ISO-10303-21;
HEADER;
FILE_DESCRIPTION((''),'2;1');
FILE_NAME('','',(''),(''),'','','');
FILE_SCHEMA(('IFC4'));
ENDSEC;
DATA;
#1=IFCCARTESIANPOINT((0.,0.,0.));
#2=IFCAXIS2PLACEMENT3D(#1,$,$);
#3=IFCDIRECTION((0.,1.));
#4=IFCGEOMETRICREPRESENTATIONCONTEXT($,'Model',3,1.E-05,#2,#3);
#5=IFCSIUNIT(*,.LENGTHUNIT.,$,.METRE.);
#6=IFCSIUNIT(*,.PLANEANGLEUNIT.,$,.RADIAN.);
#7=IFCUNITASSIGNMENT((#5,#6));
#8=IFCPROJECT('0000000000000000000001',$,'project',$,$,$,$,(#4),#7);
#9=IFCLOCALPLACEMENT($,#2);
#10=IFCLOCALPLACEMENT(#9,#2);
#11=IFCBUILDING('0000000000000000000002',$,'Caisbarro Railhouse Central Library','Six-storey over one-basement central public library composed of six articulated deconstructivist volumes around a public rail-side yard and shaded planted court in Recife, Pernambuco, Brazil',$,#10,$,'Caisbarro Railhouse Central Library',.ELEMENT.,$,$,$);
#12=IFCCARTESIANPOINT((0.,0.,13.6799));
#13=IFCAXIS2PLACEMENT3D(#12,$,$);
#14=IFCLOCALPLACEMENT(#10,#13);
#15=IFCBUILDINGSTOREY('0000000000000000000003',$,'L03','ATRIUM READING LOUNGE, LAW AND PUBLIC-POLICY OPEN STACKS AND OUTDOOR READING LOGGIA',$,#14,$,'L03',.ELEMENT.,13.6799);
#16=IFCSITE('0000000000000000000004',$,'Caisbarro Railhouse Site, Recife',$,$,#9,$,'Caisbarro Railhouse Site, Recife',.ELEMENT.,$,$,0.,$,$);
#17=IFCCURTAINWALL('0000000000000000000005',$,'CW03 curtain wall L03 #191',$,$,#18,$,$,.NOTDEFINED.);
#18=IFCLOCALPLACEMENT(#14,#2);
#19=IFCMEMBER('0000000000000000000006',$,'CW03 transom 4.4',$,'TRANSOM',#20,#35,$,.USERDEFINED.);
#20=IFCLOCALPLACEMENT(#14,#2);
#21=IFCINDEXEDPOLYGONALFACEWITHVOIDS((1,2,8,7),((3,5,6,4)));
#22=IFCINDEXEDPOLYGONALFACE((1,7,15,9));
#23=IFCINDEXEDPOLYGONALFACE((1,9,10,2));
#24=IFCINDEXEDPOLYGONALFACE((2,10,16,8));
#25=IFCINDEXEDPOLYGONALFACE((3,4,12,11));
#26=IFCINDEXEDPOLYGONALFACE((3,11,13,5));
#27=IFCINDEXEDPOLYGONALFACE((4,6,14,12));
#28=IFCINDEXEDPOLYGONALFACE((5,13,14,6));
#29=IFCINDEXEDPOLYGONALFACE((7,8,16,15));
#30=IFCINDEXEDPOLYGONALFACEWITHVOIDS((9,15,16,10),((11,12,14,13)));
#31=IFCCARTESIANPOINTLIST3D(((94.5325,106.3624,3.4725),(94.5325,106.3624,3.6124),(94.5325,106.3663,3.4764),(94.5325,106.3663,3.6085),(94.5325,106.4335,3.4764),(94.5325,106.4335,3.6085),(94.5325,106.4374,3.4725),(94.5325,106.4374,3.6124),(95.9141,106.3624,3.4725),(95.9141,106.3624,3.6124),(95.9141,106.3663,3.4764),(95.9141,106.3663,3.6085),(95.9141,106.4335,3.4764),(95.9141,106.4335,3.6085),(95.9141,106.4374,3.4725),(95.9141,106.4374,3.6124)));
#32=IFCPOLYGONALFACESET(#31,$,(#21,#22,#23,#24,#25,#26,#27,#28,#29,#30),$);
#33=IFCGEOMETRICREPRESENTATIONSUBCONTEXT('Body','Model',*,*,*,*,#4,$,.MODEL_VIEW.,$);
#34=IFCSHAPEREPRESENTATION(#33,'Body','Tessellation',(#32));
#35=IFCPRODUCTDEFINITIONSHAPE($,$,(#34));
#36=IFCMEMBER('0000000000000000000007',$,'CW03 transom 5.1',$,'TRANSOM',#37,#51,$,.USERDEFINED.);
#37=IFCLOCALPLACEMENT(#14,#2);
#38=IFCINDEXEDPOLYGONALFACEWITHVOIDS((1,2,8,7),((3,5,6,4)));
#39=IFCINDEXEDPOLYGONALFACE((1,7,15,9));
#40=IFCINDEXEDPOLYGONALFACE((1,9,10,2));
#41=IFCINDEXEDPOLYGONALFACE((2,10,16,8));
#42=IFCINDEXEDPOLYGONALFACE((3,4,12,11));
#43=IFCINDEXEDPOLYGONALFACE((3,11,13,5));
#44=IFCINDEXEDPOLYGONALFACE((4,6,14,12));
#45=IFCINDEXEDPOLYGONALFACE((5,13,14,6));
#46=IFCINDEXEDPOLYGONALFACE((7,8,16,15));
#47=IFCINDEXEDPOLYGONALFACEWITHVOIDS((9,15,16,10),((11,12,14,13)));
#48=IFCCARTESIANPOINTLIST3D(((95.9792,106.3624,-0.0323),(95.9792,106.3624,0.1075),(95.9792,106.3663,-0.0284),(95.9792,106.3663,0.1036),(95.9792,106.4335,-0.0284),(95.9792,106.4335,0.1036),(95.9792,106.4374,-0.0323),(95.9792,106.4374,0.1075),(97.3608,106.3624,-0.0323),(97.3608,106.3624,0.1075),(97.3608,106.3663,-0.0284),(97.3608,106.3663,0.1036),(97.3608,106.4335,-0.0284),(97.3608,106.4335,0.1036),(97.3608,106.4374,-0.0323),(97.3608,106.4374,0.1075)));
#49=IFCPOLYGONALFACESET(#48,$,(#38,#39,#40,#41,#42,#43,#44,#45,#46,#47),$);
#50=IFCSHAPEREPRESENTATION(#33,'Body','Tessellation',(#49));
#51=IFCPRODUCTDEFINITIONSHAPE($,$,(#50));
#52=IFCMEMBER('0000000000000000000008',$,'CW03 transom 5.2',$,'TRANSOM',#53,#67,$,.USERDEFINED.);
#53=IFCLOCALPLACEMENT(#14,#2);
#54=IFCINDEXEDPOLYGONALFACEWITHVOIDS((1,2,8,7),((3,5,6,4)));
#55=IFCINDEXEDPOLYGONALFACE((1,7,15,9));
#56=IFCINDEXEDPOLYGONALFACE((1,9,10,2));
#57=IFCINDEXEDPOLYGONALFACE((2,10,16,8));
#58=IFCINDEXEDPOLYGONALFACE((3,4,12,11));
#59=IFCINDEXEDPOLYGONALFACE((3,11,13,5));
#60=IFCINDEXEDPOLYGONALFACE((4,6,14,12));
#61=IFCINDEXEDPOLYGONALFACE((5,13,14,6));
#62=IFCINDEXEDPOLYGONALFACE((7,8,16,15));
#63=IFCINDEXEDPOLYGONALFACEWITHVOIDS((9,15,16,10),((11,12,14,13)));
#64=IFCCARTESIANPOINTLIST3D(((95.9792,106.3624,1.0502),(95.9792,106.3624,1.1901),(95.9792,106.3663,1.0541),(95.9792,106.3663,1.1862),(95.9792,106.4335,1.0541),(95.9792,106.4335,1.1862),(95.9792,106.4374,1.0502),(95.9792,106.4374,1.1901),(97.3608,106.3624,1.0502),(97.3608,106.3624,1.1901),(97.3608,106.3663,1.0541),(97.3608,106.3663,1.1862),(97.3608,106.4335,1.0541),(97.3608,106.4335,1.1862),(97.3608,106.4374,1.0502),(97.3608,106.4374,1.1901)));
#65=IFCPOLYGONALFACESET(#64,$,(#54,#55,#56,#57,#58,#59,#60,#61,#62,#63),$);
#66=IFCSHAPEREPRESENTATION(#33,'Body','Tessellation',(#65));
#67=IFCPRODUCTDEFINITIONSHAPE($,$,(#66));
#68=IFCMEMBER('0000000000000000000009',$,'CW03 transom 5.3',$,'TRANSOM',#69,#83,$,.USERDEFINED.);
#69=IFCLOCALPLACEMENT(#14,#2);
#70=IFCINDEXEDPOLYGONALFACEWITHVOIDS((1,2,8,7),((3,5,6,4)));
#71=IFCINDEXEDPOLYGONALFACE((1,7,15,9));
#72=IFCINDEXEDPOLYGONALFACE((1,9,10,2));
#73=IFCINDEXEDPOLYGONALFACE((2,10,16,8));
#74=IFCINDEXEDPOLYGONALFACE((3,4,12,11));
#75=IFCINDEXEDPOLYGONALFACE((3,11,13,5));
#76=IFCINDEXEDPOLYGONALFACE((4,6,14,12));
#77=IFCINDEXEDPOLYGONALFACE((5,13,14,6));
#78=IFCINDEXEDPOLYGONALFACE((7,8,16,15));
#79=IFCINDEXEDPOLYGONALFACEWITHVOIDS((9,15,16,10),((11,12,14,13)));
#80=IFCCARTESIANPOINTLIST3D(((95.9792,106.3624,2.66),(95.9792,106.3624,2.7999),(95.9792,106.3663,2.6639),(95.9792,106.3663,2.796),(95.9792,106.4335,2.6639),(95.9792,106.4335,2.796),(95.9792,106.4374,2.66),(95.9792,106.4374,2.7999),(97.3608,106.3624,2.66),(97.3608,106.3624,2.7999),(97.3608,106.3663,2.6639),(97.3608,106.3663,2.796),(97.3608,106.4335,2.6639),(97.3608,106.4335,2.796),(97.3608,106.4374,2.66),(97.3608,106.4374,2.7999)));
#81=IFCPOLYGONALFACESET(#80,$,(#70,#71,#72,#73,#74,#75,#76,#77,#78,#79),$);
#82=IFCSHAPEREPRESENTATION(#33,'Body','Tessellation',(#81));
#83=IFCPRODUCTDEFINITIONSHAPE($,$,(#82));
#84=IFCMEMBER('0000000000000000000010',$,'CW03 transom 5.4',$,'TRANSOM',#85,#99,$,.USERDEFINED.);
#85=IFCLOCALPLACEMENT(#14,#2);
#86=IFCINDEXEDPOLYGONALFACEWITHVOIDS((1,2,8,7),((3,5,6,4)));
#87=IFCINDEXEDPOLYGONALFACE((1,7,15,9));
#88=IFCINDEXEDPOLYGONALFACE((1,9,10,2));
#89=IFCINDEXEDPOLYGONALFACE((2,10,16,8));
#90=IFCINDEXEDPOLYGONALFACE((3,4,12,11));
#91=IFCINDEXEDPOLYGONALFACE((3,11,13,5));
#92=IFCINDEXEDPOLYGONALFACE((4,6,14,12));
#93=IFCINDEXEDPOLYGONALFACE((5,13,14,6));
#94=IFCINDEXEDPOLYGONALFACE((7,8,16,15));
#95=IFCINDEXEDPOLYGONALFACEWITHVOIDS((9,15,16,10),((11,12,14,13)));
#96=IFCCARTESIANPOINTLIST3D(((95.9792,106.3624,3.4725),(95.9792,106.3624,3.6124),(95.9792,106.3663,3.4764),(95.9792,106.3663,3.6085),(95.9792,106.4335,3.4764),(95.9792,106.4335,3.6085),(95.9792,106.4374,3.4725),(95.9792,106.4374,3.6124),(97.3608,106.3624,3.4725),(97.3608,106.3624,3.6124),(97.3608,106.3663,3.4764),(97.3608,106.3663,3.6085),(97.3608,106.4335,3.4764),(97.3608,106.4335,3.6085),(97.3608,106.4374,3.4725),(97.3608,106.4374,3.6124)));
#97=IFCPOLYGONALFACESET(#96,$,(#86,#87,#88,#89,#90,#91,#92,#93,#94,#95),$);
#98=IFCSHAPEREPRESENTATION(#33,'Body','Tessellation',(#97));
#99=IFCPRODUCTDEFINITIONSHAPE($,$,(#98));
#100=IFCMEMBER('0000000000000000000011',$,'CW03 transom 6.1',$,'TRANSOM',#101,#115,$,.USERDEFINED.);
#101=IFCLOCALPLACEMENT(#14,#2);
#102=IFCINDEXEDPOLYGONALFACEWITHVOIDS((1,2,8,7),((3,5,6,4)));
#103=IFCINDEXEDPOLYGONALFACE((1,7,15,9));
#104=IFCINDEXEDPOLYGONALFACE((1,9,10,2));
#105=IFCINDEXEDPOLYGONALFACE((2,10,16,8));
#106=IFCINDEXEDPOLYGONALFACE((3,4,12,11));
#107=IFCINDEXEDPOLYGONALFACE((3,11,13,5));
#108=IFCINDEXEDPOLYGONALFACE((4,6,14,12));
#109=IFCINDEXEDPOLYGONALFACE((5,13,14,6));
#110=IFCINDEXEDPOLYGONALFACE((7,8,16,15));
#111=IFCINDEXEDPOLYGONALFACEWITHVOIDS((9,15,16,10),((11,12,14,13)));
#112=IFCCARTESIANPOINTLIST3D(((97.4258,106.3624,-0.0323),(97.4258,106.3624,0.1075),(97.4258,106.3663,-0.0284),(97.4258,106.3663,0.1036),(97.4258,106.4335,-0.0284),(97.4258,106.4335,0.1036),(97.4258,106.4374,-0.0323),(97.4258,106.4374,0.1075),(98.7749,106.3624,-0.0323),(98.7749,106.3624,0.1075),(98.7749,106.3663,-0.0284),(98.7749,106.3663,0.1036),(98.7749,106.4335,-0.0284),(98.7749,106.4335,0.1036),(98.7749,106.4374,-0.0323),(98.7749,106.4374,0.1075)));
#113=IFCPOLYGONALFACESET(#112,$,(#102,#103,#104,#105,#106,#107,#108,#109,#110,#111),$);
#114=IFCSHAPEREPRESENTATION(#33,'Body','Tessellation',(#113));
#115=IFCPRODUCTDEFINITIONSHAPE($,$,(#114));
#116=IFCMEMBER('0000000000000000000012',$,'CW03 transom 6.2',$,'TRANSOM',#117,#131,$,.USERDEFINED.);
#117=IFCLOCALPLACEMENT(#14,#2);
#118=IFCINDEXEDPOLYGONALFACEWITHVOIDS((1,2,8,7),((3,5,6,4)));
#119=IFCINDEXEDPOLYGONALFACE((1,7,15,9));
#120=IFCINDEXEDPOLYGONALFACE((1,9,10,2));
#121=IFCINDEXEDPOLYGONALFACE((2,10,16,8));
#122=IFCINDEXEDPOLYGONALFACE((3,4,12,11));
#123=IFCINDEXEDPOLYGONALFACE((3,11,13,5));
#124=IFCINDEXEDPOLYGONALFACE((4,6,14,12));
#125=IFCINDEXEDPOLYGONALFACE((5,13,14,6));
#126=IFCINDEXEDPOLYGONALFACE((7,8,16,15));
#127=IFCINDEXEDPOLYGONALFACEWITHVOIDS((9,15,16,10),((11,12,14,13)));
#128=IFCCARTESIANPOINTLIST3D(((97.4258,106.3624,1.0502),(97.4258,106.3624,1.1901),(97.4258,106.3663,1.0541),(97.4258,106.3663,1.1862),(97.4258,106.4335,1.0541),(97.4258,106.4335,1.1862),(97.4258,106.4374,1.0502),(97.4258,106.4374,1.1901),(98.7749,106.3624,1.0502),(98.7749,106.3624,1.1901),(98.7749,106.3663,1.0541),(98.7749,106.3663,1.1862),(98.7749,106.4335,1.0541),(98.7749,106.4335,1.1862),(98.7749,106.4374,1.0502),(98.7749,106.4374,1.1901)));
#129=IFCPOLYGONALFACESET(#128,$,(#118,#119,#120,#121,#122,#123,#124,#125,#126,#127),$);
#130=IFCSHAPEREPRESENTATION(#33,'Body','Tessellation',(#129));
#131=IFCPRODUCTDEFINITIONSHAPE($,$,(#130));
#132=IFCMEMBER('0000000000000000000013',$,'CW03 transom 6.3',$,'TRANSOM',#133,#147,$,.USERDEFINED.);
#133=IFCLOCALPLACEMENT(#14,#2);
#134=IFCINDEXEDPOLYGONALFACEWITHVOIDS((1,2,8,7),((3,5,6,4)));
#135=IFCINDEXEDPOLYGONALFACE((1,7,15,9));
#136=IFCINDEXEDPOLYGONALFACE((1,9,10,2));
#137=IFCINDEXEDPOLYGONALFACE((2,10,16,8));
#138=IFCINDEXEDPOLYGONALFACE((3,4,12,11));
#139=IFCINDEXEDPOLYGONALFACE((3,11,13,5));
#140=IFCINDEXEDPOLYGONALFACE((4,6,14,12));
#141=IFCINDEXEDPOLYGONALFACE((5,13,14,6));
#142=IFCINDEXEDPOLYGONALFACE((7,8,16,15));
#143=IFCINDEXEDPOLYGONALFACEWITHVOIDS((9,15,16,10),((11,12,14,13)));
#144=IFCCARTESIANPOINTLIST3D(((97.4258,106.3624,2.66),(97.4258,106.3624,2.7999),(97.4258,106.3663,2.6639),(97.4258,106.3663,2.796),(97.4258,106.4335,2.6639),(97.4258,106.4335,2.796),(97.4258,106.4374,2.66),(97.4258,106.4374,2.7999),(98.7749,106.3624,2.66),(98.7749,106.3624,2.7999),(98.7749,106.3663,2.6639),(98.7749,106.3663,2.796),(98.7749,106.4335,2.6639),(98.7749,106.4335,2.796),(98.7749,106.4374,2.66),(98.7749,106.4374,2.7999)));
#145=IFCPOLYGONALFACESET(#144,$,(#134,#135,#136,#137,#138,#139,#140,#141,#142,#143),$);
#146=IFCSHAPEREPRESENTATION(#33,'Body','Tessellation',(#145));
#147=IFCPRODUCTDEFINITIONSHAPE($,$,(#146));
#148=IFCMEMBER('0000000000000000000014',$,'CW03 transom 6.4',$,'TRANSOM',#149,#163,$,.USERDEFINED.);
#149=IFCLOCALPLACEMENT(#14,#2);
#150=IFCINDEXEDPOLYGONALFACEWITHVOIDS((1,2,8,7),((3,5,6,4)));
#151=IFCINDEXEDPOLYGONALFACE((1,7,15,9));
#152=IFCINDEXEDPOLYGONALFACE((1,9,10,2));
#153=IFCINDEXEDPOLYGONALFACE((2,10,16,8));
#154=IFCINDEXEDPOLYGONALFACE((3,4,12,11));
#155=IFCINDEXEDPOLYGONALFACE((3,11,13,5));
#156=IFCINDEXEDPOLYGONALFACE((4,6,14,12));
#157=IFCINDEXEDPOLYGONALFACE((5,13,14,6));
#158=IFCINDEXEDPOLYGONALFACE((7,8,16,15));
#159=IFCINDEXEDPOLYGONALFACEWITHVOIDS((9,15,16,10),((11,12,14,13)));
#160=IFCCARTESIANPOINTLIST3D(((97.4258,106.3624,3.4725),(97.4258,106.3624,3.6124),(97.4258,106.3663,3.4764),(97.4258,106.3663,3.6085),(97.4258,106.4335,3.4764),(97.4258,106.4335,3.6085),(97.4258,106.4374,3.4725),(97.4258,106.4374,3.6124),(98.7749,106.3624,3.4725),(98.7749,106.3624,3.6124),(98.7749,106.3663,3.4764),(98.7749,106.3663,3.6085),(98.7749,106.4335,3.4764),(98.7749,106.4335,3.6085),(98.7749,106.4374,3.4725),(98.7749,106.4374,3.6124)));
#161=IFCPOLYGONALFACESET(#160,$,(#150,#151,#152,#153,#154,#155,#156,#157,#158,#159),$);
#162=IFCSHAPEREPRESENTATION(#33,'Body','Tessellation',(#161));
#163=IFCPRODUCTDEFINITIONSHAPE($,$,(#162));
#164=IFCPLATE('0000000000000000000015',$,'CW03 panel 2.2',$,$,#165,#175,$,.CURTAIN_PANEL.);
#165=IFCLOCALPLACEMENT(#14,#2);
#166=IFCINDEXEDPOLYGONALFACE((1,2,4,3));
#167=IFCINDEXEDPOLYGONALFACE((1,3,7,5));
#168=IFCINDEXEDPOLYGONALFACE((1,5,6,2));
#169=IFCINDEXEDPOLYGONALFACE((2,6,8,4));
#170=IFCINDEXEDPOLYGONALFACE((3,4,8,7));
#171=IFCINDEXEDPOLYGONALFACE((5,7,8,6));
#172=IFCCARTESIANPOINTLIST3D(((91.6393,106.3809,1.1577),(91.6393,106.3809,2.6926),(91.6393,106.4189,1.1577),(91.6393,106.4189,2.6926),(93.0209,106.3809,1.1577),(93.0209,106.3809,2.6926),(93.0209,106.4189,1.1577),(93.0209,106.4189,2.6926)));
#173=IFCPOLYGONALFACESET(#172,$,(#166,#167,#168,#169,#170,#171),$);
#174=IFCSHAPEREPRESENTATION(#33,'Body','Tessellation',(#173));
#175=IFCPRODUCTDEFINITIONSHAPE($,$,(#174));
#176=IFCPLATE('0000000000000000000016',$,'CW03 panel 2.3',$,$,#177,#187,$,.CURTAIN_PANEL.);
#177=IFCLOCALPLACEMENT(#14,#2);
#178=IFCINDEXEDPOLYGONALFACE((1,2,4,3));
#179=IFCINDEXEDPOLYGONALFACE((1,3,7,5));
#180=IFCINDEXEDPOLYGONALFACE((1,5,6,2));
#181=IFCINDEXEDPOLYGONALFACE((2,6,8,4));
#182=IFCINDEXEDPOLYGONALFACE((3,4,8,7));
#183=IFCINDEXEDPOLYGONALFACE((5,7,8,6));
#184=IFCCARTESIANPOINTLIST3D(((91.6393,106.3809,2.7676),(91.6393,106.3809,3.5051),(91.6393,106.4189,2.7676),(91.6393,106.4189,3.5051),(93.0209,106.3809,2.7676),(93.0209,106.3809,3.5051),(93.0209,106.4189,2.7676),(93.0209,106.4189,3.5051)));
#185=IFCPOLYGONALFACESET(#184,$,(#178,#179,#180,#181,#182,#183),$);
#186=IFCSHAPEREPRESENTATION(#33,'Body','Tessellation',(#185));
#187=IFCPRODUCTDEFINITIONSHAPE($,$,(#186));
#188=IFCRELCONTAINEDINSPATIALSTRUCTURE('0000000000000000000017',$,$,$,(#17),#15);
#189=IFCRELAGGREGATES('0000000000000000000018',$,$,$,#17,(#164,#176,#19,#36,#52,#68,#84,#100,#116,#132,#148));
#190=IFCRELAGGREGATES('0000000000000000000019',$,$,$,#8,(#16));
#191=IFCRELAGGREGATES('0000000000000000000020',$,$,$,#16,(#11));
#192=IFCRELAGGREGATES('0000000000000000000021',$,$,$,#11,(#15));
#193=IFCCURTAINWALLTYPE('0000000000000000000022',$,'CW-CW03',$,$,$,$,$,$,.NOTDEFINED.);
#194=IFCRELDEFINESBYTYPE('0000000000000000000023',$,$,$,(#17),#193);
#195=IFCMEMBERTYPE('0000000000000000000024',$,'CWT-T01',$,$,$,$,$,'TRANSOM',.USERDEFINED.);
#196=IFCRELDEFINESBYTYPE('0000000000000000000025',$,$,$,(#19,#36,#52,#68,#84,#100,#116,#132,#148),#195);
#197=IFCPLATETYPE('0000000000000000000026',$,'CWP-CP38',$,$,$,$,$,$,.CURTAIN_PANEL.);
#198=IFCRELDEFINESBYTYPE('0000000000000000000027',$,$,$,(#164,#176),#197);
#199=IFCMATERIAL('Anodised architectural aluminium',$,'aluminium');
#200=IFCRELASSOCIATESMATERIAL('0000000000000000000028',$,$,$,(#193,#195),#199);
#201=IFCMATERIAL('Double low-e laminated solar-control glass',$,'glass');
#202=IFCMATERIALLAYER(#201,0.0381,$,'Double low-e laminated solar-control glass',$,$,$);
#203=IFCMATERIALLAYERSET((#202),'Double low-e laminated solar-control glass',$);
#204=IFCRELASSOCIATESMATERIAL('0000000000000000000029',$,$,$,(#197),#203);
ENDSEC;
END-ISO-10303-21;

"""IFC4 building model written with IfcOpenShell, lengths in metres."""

from ifc_helpers import new_model, si_unit, direction, frame, origin, origin_2d, place, context, subcontext, project, spatial, rectangle, hollow_rectangle, extrude, material, layer, layer_set, material_profile, profile_set, type_object, element, aggregate, save


model = new_model("IFC4")

# Units and contexts
model_context = context("Model", 3, precision=1e-05, world=origin(), true_north=direction((0.0, 1.0)))
body_context = subcontext(model_context, "Body", "Model", "MODEL_VIEW")
ifc_project = project(units=[si_unit("LENGTHUNIT", "METRE"), si_unit("PLANEANGLEUNIT", "RADIAN")], contexts=[model_context])

# Site, building, storey
site_placement = place(None, origin())
site = spatial("IfcSite", under=ifc_project, at=site_placement, Name="Caisbarro Railhouse Site, Recife", LongName="Caisbarro Railhouse Site, Recife", CompositionType="ELEMENT", RefElevation=0.0)
building_placement = place(site_placement, origin())
building = spatial("IfcBuilding", under=site, at=building_placement, Name="Caisbarro Railhouse Central Library", Description="Six-storey over one-basement central public library composed of six articulated deconstructivist volumes around a public rail-side yard and shaded planted court in Recife, Pernambuco, Brazil", LongName="Caisbarro Railhouse Central Library", CompositionType="ELEMENT")
storey_placement = place(building_placement, frame((0.0, 0.0, 13.6799)))
storey = spatial("IfcBuildingStorey", under=building, at=storey_placement, Name="L03", Description="ATRIUM READING LOUNGE, LAW AND PUBLIC-POLICY OPEN STACKS AND OUTDOOR READING LOGGIA", LongName="L03", CompositionType="ELEMENT", Elevation=13.6799)

# Curtain wall, members, plates
ifc_material_1 = material(Name="Anodised architectural aluminium", Category="aluminium")
curtain_wall_type = type_object("IfcCurtainWallType", Name="CW-CW03", PredefinedType="NOTDEFINED", material=ifc_material_1)
curtain_wall_placement = place(storey_placement, origin())
curtain_wall = element("IfcCurtainWall", 1, at=curtain_wall_placement, inside=storey, type_object=curtain_wall_type, Name="CW03 curtain wall L03 #191", PredefinedType="NOTDEFINED")
ifc_material_profile_1 = material_profile(ifc_material_1, hollow_rectangle(XDim=0.075, YDim=0.1399, WallThickness=0.0039, at=origin_2d()), Name="ALU-TRN-75X140")
ifc_profile_set_1 = profile_set([ifc_material_profile_1], Name="Anodised architectural aluminium")
member_type_1 = type_object("IfcMemberType", Name="CWT-T01", ElementType="TRANSOM", PredefinedType="USERDEFINED", material=ifc_profile_set_1)
member_1_placement = place(storey_placement, frame((94.5325, 106.3999, 3.5425), z_axis=(1.0, 0.0, 0.0), x_axis=(0.0, 1.0, 0.0)))
member_1 = element("IfcMember", 2, at=member_1_placement, type_object=member_type_1, Name="CW03 transom 4.4", ObjectType="TRANSOM", PredefinedType="USERDEFINED", context=body_context, shape_type="SweptSolid", body=[
    extrude(hollow_rectangle(XDim=0.075, YDim=0.1399, WallThickness=0.0039, at=origin_2d()), origin(), (0.0, 0.0, 1.0), 1.3816),
])
member_2_placement = place(storey_placement, frame((95.9792, 106.3999, 0.0376), z_axis=(1.0, 0.0, 0.0), x_axis=(0.0, 1.0, 0.0)))
member_2 = element("IfcMember", 3, at=member_2_placement, type_object=member_type_1, Name="CW03 transom 5.1", ObjectType="TRANSOM", PredefinedType="USERDEFINED", context=body_context, shape_type="SweptSolid", body=[
    extrude(hollow_rectangle(XDim=0.075, YDim=0.1399, WallThickness=0.0039, at=origin_2d()), origin(), (0.0, 0.0, 1.0), 1.3816),
])
member_3_placement = place(storey_placement, frame((95.9792, 106.3999, 1.1201), z_axis=(1.0, 0.0, 0.0), x_axis=(0.0, 1.0, 0.0)))
member_3 = element("IfcMember", 4, at=member_3_placement, type_object=member_type_1, Name="CW03 transom 5.2", ObjectType="TRANSOM", PredefinedType="USERDEFINED", context=body_context, shape_type="SweptSolid", body=[
    extrude(hollow_rectangle(XDim=0.075, YDim=0.1399, WallThickness=0.0039, at=origin_2d()), origin(), (0.0, 0.0, 1.0), 1.3816),
])
member_4_placement = place(storey_placement, frame((95.9792, 106.3999, 2.73), z_axis=(1.0, 0.0, 0.0), x_axis=(0.0, 1.0, 0.0)))
member_4 = element("IfcMember", 5, at=member_4_placement, type_object=member_type_1, Name="CW03 transom 5.3", ObjectType="TRANSOM", PredefinedType="USERDEFINED", context=body_context, shape_type="SweptSolid", body=[
    extrude(hollow_rectangle(XDim=0.075, YDim=0.1399, WallThickness=0.0039, at=origin_2d()), origin(), (0.0, 0.0, 1.0), 1.3816),
])
member_5_placement = place(storey_placement, frame((95.9792, 106.3999, 3.5425), z_axis=(1.0, 0.0, 0.0), x_axis=(0.0, 1.0, 0.0)))
member_5 = element("IfcMember", 6, at=member_5_placement, type_object=member_type_1, Name="CW03 transom 5.4", ObjectType="TRANSOM", PredefinedType="USERDEFINED", context=body_context, shape_type="SweptSolid", body=[
    extrude(hollow_rectangle(XDim=0.075, YDim=0.1399, WallThickness=0.0039, at=origin_2d()), origin(), (0.0, 0.0, 1.0), 1.3816),
])
member_6_placement = place(storey_placement, frame((97.4258, 106.3999, 0.0376), z_axis=(1.0, 0.0, 0.0), x_axis=(0.0, 1.0, 0.0)))
member_6 = element("IfcMember", 7, at=member_6_placement, type_object=member_type_1, Name="CW03 transom 6.1", ObjectType="TRANSOM", PredefinedType="USERDEFINED", context=body_context, shape_type="SweptSolid", body=[
    extrude(hollow_rectangle(XDim=0.075, YDim=0.1399, WallThickness=0.0039, at=origin_2d()), origin(), (0.0, 0.0, 1.0), 1.3491),
])
member_7_placement = place(storey_placement, frame((97.4258, 106.3999, 1.1201), z_axis=(1.0, 0.0, 0.0), x_axis=(0.0, 1.0, 0.0)))
member_7 = element("IfcMember", 8, at=member_7_placement, type_object=member_type_1, Name="CW03 transom 6.2", ObjectType="TRANSOM", PredefinedType="USERDEFINED", context=body_context, shape_type="SweptSolid", body=[
    extrude(hollow_rectangle(XDim=0.075, YDim=0.1399, WallThickness=0.0039, at=origin_2d()), origin(), (0.0, 0.0, 1.0), 1.3491),
])
member_8_placement = place(storey_placement, frame((97.4258, 106.3999, 2.73), z_axis=(1.0, 0.0, 0.0), x_axis=(0.0, 1.0, 0.0)))
member_8 = element("IfcMember", 9, at=member_8_placement, type_object=member_type_1, Name="CW03 transom 6.3", ObjectType="TRANSOM", PredefinedType="USERDEFINED", context=body_context, shape_type="SweptSolid", body=[
    extrude(hollow_rectangle(XDim=0.075, YDim=0.1399, WallThickness=0.0039, at=origin_2d()), origin(), (0.0, 0.0, 1.0), 1.3491),
])
member_9_placement = place(storey_placement, frame((97.4258, 106.3999, 3.5425), z_axis=(1.0, 0.0, 0.0), x_axis=(0.0, 1.0, 0.0)))
member_9 = element("IfcMember", 10, at=member_9_placement, type_object=member_type_1, Name="CW03 transom 6.4", ObjectType="TRANSOM", PredefinedType="USERDEFINED", context=body_context, shape_type="SweptSolid", body=[
    extrude(hollow_rectangle(XDim=0.075, YDim=0.1399, WallThickness=0.0039, at=origin_2d()), origin(), (0.0, 0.0, 1.0), 1.3491),
])
ifc_material_2 = material(Name="Double low-e laminated solar-control glass", Category="glass")
ifc_layer_1 = layer(ifc_material_2, 0.0381, Name="Double low-e laminated solar-control glass")
ifc_layer_set_1 = layer_set([ifc_layer_1], Name="Double low-e laminated solar-control glass")
plate_type = type_object("IfcPlateType", Name="CWP-CP38", PredefinedType="CURTAIN_PANEL", material=ifc_layer_set_1)
plate_1_placement = place(storey_placement, frame((92.3301, 106.3999, 1.1577), z_axis=(0.0, 0.0, 1.0), x_axis=(1.0, 0.0, 0.0)))
plate_1 = element("IfcPlate", 11, at=plate_1_placement, type_object=plate_type, Name="CW03 panel 2.2", PredefinedType="CURTAIN_PANEL", context=body_context, shape_type="SweptSolid", body=[
    extrude(rectangle(XDim=1.3816, YDim=0.0381, at=origin_2d()), origin(), (0.0, 0.0, 1.0), 1.5349),
])
plate_2_placement = place(storey_placement, frame((92.3301, 106.3999, 2.7676), z_axis=(0.0, 0.0, 1.0), x_axis=(1.0, 0.0, 0.0)))
plate_2 = element("IfcPlate", 12, at=plate_2_placement, type_object=plate_type, Name="CW03 panel 2.3", PredefinedType="CURTAIN_PANEL", context=body_context, shape_type="SweptSolid", body=[
    extrude(rectangle(XDim=1.3816, YDim=0.0381, at=origin_2d()), origin(), (0.0, 0.0, 1.0), 0.7375),
])
aggregate(curtain_wall, [plate_1, plate_2, member_1, member_2, member_3, member_4, member_5, member_6, member_7, member_8, member_9])

save(model, "model.ifc")
